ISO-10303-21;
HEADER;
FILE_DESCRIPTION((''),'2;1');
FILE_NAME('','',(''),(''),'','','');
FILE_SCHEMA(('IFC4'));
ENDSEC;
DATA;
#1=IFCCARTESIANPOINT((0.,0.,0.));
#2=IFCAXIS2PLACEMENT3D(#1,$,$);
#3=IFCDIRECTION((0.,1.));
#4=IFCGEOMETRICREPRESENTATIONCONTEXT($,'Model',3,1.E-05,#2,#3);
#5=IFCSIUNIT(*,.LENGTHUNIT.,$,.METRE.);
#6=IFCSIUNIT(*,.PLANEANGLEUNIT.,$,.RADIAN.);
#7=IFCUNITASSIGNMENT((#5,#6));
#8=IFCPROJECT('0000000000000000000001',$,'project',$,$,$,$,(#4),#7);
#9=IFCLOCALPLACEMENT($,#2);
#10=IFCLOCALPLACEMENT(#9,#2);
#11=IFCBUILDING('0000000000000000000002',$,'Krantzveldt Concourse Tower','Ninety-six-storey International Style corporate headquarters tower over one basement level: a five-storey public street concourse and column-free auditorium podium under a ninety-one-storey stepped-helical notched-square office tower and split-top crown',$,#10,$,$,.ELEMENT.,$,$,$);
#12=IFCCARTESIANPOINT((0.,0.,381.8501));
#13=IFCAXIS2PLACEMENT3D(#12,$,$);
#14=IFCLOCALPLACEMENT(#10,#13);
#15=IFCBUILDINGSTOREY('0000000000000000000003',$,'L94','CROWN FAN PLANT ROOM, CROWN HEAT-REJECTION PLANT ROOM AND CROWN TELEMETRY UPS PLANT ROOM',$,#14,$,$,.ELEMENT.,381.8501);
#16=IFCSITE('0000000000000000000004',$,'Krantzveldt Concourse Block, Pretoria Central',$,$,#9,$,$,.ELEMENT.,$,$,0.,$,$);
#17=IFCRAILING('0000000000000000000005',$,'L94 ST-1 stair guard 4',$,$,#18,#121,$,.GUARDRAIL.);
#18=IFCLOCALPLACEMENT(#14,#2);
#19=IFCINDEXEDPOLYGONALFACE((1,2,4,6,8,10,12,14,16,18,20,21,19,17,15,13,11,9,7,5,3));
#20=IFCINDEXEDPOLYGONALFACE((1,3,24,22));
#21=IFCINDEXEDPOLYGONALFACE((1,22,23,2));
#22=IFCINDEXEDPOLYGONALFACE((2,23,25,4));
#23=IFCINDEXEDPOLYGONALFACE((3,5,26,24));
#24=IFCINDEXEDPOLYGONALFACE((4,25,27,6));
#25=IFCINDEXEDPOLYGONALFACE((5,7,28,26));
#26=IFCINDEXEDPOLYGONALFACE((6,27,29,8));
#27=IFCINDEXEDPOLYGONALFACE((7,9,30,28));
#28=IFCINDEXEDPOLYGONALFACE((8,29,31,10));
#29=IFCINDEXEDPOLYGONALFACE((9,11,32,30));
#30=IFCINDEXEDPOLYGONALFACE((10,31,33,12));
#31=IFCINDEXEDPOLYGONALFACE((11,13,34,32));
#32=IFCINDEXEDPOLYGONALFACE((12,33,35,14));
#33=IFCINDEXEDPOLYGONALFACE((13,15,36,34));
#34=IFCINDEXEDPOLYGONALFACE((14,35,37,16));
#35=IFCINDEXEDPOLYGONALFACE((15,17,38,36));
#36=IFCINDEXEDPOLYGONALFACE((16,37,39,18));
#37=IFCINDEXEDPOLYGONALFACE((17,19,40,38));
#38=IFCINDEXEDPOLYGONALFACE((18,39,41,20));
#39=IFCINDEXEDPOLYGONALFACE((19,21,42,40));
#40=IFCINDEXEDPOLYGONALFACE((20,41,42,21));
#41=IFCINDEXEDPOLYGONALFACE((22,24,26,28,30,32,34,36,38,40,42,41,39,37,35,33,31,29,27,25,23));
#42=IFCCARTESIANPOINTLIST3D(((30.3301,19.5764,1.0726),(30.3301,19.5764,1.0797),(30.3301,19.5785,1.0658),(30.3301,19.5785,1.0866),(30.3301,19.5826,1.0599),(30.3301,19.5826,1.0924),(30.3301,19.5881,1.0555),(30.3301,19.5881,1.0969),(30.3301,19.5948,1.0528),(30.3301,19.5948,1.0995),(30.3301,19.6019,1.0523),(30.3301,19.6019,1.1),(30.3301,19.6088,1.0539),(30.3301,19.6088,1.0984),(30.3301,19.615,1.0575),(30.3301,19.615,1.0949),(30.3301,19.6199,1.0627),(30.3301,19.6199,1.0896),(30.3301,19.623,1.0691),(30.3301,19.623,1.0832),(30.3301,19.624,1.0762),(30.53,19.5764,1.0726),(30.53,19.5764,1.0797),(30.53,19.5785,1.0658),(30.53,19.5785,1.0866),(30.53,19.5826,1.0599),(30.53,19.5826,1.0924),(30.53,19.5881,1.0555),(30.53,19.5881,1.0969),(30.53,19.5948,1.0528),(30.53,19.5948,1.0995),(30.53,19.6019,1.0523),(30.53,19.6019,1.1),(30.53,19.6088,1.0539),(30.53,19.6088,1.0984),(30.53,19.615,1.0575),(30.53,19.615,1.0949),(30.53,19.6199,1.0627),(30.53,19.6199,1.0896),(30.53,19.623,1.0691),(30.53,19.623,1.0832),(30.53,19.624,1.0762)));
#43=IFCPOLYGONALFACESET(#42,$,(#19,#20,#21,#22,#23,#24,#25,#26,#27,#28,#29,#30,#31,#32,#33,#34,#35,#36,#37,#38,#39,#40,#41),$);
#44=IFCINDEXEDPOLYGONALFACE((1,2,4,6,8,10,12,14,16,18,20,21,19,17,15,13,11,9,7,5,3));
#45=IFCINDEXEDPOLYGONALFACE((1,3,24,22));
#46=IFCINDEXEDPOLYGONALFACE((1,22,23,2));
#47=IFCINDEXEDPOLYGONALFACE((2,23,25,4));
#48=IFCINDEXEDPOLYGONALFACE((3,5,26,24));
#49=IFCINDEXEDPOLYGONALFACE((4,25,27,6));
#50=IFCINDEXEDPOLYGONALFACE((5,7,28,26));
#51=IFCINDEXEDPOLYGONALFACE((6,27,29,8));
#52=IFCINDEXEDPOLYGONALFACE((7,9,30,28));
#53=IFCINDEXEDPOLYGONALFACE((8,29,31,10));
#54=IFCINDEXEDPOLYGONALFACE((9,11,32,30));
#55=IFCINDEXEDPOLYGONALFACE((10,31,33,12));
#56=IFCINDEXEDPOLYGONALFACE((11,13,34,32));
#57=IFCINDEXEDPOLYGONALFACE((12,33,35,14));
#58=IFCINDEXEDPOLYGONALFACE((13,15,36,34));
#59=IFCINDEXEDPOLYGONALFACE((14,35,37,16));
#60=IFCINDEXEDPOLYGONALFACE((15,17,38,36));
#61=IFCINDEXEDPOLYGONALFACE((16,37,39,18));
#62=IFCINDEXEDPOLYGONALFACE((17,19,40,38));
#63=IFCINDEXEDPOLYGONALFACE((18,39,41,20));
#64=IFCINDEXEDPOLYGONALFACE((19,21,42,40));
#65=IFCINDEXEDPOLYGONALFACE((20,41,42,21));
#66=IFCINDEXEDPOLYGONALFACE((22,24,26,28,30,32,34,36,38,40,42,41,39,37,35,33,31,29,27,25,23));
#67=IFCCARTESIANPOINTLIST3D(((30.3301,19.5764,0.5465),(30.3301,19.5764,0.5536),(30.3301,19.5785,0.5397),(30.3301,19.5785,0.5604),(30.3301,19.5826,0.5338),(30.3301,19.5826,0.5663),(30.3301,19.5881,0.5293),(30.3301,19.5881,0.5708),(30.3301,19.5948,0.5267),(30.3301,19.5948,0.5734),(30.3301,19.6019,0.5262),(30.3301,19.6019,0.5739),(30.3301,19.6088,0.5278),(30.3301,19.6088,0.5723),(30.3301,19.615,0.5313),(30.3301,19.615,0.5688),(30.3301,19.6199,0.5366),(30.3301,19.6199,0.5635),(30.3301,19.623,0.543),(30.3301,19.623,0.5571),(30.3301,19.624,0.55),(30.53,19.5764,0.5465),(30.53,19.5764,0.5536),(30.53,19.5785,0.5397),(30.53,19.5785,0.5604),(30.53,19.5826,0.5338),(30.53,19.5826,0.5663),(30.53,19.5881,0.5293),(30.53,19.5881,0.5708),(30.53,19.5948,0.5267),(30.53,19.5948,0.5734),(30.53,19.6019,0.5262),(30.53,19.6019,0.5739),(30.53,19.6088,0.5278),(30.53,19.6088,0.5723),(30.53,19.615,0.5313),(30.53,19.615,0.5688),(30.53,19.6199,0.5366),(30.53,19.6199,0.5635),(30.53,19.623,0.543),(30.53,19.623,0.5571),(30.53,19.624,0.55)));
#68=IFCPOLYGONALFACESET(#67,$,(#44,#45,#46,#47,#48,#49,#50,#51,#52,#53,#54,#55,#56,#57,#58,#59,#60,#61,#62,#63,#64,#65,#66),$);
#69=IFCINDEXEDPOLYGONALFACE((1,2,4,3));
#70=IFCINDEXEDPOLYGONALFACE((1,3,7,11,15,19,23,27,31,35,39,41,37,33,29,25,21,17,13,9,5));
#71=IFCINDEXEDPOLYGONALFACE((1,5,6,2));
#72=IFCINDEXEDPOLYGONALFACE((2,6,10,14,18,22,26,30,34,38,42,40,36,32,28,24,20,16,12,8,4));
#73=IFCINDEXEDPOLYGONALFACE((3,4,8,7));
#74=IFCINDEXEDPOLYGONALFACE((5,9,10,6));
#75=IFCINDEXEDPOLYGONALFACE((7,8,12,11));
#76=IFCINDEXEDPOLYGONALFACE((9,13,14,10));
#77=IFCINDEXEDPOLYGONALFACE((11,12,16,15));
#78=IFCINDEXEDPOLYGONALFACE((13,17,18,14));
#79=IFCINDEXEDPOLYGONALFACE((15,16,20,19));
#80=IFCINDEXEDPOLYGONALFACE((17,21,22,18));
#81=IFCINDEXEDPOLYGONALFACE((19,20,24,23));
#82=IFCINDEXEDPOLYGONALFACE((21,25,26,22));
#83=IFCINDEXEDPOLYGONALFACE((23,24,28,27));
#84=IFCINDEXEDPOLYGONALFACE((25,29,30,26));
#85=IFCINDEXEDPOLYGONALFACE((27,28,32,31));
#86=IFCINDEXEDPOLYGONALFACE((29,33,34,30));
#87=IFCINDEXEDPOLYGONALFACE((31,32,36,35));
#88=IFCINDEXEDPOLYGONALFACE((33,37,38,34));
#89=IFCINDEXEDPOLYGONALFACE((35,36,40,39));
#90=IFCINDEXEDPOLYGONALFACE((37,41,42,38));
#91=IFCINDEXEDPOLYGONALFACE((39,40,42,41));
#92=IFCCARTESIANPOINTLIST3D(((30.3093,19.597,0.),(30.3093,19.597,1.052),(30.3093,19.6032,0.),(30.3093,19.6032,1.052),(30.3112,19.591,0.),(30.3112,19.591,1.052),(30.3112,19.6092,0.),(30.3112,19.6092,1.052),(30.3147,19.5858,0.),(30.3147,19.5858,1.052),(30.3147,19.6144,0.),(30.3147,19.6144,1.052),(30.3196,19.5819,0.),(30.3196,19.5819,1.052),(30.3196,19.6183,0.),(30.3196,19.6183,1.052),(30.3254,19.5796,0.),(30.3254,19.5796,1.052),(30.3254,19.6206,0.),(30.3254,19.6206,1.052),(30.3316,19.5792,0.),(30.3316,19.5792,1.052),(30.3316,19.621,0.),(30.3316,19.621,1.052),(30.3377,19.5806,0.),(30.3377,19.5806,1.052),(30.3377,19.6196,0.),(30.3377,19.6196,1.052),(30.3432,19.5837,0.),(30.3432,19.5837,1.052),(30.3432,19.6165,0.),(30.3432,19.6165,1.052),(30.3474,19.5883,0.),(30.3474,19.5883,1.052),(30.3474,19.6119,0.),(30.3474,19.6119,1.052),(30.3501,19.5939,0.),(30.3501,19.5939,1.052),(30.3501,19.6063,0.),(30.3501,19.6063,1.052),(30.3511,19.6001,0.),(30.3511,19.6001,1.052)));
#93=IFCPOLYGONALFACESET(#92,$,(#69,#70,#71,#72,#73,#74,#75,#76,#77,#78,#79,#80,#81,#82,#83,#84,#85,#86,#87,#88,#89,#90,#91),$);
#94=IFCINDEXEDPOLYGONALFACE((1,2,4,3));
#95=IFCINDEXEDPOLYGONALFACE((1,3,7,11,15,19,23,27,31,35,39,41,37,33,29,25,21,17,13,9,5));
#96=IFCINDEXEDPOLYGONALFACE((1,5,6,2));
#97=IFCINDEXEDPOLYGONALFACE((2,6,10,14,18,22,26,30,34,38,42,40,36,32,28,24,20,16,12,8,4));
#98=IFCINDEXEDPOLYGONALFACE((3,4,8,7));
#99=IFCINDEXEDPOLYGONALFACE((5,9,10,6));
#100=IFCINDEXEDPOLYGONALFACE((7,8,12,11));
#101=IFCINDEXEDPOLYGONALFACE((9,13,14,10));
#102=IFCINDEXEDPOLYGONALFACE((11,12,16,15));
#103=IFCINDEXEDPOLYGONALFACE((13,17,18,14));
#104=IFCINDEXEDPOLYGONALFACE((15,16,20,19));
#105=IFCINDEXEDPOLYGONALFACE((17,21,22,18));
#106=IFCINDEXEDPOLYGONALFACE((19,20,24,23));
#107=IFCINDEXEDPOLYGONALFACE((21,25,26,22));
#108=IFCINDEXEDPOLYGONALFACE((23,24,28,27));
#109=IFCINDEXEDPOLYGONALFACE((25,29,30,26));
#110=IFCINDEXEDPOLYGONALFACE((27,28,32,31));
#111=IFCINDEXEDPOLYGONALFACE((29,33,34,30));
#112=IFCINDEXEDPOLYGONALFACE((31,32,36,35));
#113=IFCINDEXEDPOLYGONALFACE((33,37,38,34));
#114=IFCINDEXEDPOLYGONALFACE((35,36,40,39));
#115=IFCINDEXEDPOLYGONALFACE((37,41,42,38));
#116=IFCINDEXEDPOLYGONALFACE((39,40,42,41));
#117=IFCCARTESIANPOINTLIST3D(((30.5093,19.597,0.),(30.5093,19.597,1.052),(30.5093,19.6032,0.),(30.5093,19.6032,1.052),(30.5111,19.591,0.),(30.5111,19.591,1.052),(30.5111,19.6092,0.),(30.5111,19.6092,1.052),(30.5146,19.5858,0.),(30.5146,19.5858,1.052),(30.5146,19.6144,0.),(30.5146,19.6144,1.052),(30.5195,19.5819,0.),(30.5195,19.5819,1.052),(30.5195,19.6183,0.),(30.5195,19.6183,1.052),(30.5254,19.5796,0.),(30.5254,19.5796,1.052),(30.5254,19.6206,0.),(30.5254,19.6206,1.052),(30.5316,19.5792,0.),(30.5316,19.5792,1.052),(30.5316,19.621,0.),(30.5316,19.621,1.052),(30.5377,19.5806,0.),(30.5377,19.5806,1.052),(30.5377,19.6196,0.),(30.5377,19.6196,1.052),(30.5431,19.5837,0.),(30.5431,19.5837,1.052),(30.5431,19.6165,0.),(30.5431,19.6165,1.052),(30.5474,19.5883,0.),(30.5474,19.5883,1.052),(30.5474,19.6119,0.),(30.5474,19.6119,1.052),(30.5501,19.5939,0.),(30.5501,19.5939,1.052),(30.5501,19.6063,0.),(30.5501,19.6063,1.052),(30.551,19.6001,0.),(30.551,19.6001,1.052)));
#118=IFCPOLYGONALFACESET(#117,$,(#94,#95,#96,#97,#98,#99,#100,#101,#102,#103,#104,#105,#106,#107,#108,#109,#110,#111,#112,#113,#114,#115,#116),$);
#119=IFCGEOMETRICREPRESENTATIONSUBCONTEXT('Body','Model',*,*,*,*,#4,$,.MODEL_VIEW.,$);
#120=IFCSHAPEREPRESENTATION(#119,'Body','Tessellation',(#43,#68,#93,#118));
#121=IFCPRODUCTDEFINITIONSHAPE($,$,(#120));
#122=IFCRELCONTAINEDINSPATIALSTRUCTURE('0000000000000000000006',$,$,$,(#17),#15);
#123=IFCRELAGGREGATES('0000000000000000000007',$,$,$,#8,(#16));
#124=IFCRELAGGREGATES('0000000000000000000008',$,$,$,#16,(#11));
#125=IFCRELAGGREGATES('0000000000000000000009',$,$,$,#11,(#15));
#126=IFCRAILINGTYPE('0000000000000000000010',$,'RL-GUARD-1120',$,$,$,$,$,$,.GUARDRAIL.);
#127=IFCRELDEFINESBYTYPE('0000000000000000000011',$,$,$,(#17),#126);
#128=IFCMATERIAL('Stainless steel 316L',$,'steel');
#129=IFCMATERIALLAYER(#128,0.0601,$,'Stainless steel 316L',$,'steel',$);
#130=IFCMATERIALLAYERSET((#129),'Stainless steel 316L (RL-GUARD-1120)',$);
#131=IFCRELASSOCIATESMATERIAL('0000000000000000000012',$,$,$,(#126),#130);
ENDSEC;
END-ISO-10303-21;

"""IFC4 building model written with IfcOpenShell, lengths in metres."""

from ifc_helpers import new_model, si_unit, direction, frame, origin, origin_2d, place, context, subcontext, project, spatial, circle, extrude, material, layer, layer_set, type_object, element, save


model = new_model("IFC4")

# Units and contexts
model_context = context("Model", 3, precision=1e-05, world=origin(), true_north=direction((0.0, 1.0)))
body_context = subcontext(model_context, "Body", "Model", "MODEL_VIEW")
ifc_project = project(units=[si_unit("LENGTHUNIT", "METRE"), si_unit("PLANEANGLEUNIT", "RADIAN")], contexts=[model_context])

# Site, building, storey
site_placement = place(None, origin())
site = spatial("IfcSite", under=ifc_project, at=site_placement, Name="Krantzveldt Concourse Block, Pretoria Central", CompositionType="ELEMENT", RefElevation=0.0)
building_placement = place(site_placement, origin())
building = spatial("IfcBuilding", under=site, at=building_placement, Name="Krantzveldt Concourse Tower", Description="Ninety-six-storey International Style corporate headquarters tower over one basement level: a five-storey public street concourse and column-free auditorium podium under a ninety-one-storey stepped-helical notched-square office tower and split-top crown", CompositionType="ELEMENT")
storey_placement = place(building_placement, frame((0.0, 0.0, 381.8501)))
storey = spatial("IfcBuildingStorey", under=building, at=storey_placement, Name="L94", Description="CROWN FAN PLANT ROOM, CROWN HEAT-REJECTION PLANT ROOM AND CROWN TELEMETRY UPS PLANT ROOM", CompositionType="ELEMENT", Elevation=381.8501)

# Railing
ifc_material_1 = material(Name="Stainless steel 316L", Category="steel")
ifc_layer_1 = layer(ifc_material_1, 0.0601, Name="Stainless steel 316L", Category="steel")
ifc_layer_set_1 = layer_set([ifc_layer_1], Name="Stainless steel 316L (RL-GUARD-1120)")
railing_type_1 = type_object("IfcRailingType", Name="RL-GUARD-1120", PredefinedType="GUARDRAIL", material=ifc_layer_set_1)
railing_1_placement = place(storey_placement, frame((30.3301, 19.6001, 0.0)))
element("IfcRailing", 1, at=railing_1_placement, inside=storey, type_object=railing_type_1, Name="L94 ST-1 stair guard 4", PredefinedType="GUARDRAIL", context=body_context, shape_type="SweptSolid", body=[
    extrude(circle(Radius=0.0239, at=origin_2d()), frame((0.0, 0.0, 1.0762), z_axis=(1.0, 0.0, 0.0), x_axis=(0.0, 1.0, 0.0)), (0.0, 0.0, 1.0), 0.2),
    extrude(circle(Radius=0.0239, at=origin_2d()), frame((0.0, 0.0, 0.55), z_axis=(1.0, 0.0, 0.0), x_axis=(0.0, 1.0, 0.0)), (0.0, 0.0, 1.0), 0.2),
    extrude(circle(Radius=0.021, at=origin_2d()), origin(), (0.0, 0.0, 1.0), 1.052),
    extrude(circle(Radius=0.021, at=origin_2d()), frame((0.2, 0.0, 0.0)), (0.0, 0.0, 1.0), 1.052),
])

save(model, "model.ifc")
